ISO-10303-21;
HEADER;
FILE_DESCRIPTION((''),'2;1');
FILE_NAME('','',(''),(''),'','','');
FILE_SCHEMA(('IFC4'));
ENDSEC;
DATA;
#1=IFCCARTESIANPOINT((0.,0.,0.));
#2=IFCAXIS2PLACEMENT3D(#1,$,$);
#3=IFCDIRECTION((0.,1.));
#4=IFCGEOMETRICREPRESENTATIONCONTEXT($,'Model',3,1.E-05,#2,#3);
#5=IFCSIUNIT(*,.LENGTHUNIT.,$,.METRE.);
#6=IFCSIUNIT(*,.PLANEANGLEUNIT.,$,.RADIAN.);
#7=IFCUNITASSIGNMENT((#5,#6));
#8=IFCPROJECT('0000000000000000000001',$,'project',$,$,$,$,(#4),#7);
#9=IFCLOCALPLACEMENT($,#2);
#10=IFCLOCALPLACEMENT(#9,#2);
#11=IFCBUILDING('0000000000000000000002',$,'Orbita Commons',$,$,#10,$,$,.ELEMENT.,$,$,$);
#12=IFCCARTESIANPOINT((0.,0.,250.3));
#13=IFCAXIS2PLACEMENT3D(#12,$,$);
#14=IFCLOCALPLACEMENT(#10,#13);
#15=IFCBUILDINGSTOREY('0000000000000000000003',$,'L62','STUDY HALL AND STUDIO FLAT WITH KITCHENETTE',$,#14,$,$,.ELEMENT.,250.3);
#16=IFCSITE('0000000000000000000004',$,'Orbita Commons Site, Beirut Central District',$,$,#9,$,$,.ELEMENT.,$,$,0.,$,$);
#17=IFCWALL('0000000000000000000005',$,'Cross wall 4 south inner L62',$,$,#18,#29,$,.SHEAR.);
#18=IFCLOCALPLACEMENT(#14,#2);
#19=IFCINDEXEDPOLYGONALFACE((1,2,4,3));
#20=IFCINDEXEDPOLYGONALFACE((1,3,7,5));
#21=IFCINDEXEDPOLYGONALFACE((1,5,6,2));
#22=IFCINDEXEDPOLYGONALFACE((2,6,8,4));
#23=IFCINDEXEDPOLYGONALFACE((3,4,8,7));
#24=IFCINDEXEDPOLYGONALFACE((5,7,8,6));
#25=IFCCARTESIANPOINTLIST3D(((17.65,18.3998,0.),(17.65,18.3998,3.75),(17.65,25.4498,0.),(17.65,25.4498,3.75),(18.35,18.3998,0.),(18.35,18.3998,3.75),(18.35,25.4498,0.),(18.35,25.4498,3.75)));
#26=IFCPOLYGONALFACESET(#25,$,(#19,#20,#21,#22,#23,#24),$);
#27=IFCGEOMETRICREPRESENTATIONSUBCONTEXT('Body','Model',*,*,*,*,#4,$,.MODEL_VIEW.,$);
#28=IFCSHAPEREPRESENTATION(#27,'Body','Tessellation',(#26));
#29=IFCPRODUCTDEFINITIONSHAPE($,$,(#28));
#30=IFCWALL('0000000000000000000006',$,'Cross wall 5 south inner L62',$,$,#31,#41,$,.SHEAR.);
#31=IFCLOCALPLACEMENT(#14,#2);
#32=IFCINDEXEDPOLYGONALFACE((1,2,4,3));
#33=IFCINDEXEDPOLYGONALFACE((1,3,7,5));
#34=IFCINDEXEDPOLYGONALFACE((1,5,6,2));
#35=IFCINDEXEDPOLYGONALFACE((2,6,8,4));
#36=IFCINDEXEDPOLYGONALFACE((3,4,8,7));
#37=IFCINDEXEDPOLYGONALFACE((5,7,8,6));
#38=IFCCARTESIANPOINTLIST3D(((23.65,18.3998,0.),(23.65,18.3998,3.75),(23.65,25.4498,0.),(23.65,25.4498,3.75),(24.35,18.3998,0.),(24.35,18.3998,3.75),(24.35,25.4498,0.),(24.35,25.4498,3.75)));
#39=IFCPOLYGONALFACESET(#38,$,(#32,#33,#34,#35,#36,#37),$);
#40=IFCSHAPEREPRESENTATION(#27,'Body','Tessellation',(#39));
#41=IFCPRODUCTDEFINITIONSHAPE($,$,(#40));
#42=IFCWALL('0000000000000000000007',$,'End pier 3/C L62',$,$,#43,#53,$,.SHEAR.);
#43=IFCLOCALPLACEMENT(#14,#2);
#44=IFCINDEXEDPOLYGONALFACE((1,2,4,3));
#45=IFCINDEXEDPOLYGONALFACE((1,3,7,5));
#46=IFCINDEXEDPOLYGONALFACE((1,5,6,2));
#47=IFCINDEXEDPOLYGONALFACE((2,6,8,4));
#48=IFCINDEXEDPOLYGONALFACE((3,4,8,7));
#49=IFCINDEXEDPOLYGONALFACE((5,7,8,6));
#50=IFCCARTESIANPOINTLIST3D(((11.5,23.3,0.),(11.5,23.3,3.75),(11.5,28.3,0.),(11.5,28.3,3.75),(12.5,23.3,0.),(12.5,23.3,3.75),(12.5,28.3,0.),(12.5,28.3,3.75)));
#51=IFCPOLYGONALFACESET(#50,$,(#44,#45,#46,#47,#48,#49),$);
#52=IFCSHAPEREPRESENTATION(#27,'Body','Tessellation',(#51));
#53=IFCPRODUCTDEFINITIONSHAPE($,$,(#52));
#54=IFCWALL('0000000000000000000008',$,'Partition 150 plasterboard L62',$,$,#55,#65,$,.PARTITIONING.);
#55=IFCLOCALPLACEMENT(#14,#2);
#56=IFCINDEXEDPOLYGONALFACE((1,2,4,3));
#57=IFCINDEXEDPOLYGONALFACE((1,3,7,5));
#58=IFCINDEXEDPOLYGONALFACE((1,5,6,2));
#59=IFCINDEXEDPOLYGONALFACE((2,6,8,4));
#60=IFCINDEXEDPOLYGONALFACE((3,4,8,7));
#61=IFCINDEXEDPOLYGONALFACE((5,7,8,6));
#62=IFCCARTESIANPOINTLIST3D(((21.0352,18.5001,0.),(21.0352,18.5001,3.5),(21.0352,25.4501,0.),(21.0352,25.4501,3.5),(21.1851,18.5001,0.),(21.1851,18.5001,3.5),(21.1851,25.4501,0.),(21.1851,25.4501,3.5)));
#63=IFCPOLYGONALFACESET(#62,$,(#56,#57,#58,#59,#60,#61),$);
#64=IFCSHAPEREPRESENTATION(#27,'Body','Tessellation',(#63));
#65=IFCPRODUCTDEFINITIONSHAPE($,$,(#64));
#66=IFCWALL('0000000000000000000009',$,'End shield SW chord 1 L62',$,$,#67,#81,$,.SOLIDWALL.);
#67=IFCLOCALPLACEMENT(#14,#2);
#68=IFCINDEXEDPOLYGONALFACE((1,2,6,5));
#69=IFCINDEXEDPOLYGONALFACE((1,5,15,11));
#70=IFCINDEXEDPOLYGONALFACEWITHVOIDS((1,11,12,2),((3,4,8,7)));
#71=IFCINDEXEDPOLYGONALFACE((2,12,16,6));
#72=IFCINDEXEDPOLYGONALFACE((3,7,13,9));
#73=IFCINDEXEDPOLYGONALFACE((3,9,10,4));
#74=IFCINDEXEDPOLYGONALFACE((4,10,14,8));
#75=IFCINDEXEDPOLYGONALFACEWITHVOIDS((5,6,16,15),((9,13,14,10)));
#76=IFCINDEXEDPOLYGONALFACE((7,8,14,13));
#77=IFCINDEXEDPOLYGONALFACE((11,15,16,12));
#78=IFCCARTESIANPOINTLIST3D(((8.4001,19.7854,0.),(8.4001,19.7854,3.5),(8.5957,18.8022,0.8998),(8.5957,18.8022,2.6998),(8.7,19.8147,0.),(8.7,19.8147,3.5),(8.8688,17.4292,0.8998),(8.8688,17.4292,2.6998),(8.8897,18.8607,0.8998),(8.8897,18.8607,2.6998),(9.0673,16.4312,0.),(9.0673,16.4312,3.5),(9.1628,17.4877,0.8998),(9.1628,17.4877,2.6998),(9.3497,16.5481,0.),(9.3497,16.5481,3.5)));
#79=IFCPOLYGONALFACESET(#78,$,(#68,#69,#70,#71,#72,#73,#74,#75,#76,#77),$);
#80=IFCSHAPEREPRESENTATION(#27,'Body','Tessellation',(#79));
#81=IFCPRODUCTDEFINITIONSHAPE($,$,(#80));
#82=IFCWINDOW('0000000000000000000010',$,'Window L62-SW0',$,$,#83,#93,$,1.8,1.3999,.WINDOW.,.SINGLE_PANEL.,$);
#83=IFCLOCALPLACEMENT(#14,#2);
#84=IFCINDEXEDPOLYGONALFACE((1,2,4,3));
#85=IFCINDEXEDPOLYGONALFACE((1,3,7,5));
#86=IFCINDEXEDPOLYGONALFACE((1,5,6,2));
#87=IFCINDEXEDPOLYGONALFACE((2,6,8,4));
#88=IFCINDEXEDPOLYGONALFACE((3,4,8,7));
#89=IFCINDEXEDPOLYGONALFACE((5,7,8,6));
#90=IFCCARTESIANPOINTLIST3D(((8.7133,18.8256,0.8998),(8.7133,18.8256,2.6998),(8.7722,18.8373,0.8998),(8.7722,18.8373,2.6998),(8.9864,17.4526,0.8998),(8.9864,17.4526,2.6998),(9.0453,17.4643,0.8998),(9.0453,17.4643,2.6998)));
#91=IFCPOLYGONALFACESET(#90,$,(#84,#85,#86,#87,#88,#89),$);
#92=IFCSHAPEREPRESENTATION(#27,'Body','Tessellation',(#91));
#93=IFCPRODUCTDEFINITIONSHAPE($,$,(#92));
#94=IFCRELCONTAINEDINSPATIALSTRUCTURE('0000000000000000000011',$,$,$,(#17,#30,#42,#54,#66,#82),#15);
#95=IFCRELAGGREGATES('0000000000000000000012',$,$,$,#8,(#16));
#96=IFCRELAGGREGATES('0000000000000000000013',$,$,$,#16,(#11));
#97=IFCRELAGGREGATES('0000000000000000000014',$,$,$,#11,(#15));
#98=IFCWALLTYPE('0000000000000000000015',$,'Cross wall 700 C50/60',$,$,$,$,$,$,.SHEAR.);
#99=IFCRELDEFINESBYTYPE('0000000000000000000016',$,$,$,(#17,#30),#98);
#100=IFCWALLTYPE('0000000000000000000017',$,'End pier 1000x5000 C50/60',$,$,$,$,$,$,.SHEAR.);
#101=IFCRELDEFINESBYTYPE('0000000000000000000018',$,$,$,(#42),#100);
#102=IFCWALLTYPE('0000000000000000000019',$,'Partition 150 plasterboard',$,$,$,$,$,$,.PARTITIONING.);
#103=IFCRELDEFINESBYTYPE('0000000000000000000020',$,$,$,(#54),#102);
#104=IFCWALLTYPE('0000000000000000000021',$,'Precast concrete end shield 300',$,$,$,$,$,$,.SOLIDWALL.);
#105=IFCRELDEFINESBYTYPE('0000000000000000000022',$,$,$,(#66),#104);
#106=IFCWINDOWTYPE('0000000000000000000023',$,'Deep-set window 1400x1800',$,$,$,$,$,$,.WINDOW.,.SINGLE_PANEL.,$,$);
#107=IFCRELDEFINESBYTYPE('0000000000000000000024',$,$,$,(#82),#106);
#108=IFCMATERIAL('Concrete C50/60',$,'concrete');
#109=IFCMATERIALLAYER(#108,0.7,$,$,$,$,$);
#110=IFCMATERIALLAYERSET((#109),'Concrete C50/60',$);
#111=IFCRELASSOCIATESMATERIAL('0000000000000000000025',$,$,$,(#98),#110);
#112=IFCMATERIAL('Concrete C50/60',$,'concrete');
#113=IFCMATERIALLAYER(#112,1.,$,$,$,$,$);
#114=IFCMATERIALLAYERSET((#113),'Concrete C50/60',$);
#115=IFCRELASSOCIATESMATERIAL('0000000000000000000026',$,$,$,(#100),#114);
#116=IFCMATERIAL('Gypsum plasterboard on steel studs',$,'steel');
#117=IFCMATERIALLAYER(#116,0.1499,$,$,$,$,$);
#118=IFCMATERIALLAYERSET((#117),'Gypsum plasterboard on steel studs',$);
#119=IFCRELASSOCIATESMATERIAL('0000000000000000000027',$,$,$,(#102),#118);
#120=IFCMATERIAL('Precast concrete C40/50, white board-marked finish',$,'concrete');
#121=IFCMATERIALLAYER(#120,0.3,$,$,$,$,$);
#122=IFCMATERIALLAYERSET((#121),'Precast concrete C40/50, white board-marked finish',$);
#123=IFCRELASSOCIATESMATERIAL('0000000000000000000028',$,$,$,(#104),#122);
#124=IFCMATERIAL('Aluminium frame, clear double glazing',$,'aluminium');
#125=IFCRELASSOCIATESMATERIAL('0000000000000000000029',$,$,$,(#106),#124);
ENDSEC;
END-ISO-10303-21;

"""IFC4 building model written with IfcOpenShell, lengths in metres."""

from ifc_helpers import new_model, si_unit, direction, frame, frame_2d, origin, place, context, subcontext, project, spatial, polyline, rectangle, outline, extrude, material, layer, layer_set, type_object, element, fill, save


model = new_model("IFC4")

# Units and contexts
model_context = context("Model", 3, precision=1e-05, world=origin(), true_north=direction((0.0, 1.0)))
body_context = subcontext(model_context, "Body", "Model", "MODEL_VIEW")
ifc_project = project(units=[si_unit("LENGTHUNIT", "METRE"), si_unit("PLANEANGLEUNIT", "RADIAN")], contexts=[model_context])

# Site, building, storey
site_placement = place(None, origin())
site = spatial("IfcSite", under=ifc_project, at=site_placement, Name="Orbita Commons Site, Beirut Central District", CompositionType="ELEMENT", RefElevation=0.0)
building_placement = place(site_placement, origin())
building = spatial("IfcBuilding", under=site, at=building_placement, Name="Orbita Commons", CompositionType="ELEMENT")
storey_placement = place(building_placement, frame((0.0, 0.0, 250.3)))
storey = spatial("IfcBuildingStorey", under=building, at=storey_placement, Name="L62", Description="STUDY HALL AND STUDIO FLAT WITH KITCHENETTE", CompositionType="ELEMENT", Elevation=250.3)

# Walls
ifc_material_1 = material(Name="Concrete C50/60", Category="concrete")
ifc_layer_1 = layer(ifc_material_1, 0.7)
ifc_layer_set_1 = layer_set([ifc_layer_1], Name="Concrete C50/60")
wall_type_1 = type_object("IfcWallType", Name="Cross wall 700 C50/60", PredefinedType="SHEAR", material=ifc_layer_set_1)
for number, where, z_axis, x_axis, name in (
    (1, (18.0, 18.3999, 0.0), (0.0, 0.0, 1.0), (0.0, 1.0, 0.0), "Cross wall 4 south inner L62"),
    (2, (24.0, 18.3999, 0.0), (0.0, 0.0, 1.0), (0.0, 1.0, 0.0), "Cross wall 5 south inner L62"),
):
    element("IfcWall", number, at=place(storey_placement, frame(where, z_axis=z_axis, x_axis=x_axis)), inside=storey, type_object=wall_type_1, Name=name, PredefinedType="SHEAR", context=body_context, shape_type="SweptSolid", body=[
        extrude(rectangle(XDim=7.05, YDim=0.7, at=frame_2d((3.5249, 0.0))), origin(), (0.0, 0.0, 1.0), 3.75),
    ])
ifc_material_2 = material(Name="Concrete C50/60", Category="concrete")
ifc_layer_2 = layer(ifc_material_2, 1.0)
ifc_layer_set_2 = layer_set([ifc_layer_2], Name="Concrete C50/60")
wall_type_2 = type_object("IfcWallType", Name="End pier 1000x5000 C50/60", PredefinedType="SHEAR", material=ifc_layer_set_2)
wall_1_placement = place(storey_placement, frame((12.0, 23.3, 0.0), z_axis=(0.0, 0.0, 1.0), x_axis=(0.0, 1.0, 0.0)))
element("IfcWall", 3, at=wall_1_placement, inside=storey, type_object=wall_type_2, Name="End pier 3/C L62", PredefinedType="SHEAR", context=body_context, shape_type="SweptSolid", body=[
    extrude(rectangle(XDim=5.0, YDim=1.0, at=frame_2d((2.5, 0.0))), origin(), (0.0, 0.0, 1.0), 3.75),
])
ifc_material_3 = material(Name="Gypsum plasterboard on steel studs", Category="steel")
ifc_layer_3 = layer(ifc_material_3, 0.1499)
ifc_layer_set_3 = layer_set([ifc_layer_3], Name="Gypsum plasterboard on steel studs")
wall_type_3 = type_object("IfcWallType", Name="Partition 150 plasterboard", PredefinedType="PARTITIONING", material=ifc_layer_set_3)
wall_2_placement = place(storey_placement, frame((21.1101, 18.5, 0.0), z_axis=(0.0, 0.0, 1.0), x_axis=(0.0, 1.0, 0.0)))
element("IfcWall", 4, at=wall_2_placement, inside=storey, type_object=wall_type_3, Name="Partition 150 plasterboard L62", PredefinedType="PARTITIONING", context=body_context, shape_type="SweptSolid", body=[
    extrude(rectangle(XDim=6.95, YDim=0.1499, at=frame_2d((3.4751, 0.0))), origin(), (0.0, 0.0, 1.0), 3.5),
])

# Wall, opening, window
ifc_material_4 = material(Name="Precast concrete C40/50, white board-marked finish", Category="concrete")
ifc_layer_4 = layer(ifc_material_4, 0.3)
ifc_layer_set_4 = layer_set([ifc_layer_4], Name="Precast concrete C40/50, white board-marked finish")
wall_type_4 = type_object("IfcWallType", Name="Precast concrete end shield 300", PredefinedType="SOLIDWALL", material=ifc_layer_set_4)
wall_3_placement = place(storey_placement, frame((8.55, 19.8, 0.0), z_axis=(0.0, 0.0, 1.0), x_axis=(0.195087, -0.980786, 0.0)))
wall_3 = element("IfcWall", 5, at=wall_3_placement, inside=storey, type_object=wall_type_4, Name="End shield SW chord 1 L62", PredefinedType="SOLIDWALL", context=body_context, shape_type="SweptSolid", body=[
    extrude(outline(polyline([(-0.0149, -0.1499), (3.405, -0.1499), (3.3455, 0.1499), (0.0149, 0.1499), (-0.0149, -0.1499)])), origin(), (0.0, 0.0, 1.0), 3.5),
])
opening_1_placement = place(wall_3_placement, frame((0.9875, 0.0, 0.8999)))
opening_1 = element("IfcOpeningElement", 6, at=opening_1_placement, cuts=wall_3, PredefinedType="OPENING", context=body_context, shape_type="SweptSolid", body=[
    extrude(rectangle(XDim=1.3999, YDim=1.8, at=frame_2d((0.7, 0.8999))), frame((0.0, 0.1599, 0.0), z_axis=(0.0, -1.0, 0.0), x_axis=(1.0, 0.0, 0.0)), (0.0, 0.0, 1.0), 0.3201),
])
ifc_material_5 = material(Name="Aluminium frame, clear double glazing", Category="aluminium")
window_type = type_object("IfcWindowType", Name="Deep-set window 1400x1800", PartitioningType="SINGLE_PANEL", PredefinedType="WINDOW", material=ifc_material_5)
window_placement = place(opening_1_placement, origin())
window = element("IfcWindow", 7, at=window_placement, inside=storey, type_object=window_type, Name="Window L62-SW0", OverallHeight=1.8, OverallWidth=1.3999, PartitioningType="SINGLE_PANEL", PredefinedType="WINDOW", context=body_context, shape_type="SweptSolid", body=[
    extrude(rectangle(XDim=1.3999, YDim=1.8, at=frame_2d((0.7, 0.8999))), frame((0.0, 0.03, 0.0), z_axis=(0.0, -1.0, 0.0), x_axis=(1.0, 0.0, 0.0)), (0.0, 0.0, 1.0), 0.0601),
])
fill(opening_1, window)

save(model, "model.ifc")
